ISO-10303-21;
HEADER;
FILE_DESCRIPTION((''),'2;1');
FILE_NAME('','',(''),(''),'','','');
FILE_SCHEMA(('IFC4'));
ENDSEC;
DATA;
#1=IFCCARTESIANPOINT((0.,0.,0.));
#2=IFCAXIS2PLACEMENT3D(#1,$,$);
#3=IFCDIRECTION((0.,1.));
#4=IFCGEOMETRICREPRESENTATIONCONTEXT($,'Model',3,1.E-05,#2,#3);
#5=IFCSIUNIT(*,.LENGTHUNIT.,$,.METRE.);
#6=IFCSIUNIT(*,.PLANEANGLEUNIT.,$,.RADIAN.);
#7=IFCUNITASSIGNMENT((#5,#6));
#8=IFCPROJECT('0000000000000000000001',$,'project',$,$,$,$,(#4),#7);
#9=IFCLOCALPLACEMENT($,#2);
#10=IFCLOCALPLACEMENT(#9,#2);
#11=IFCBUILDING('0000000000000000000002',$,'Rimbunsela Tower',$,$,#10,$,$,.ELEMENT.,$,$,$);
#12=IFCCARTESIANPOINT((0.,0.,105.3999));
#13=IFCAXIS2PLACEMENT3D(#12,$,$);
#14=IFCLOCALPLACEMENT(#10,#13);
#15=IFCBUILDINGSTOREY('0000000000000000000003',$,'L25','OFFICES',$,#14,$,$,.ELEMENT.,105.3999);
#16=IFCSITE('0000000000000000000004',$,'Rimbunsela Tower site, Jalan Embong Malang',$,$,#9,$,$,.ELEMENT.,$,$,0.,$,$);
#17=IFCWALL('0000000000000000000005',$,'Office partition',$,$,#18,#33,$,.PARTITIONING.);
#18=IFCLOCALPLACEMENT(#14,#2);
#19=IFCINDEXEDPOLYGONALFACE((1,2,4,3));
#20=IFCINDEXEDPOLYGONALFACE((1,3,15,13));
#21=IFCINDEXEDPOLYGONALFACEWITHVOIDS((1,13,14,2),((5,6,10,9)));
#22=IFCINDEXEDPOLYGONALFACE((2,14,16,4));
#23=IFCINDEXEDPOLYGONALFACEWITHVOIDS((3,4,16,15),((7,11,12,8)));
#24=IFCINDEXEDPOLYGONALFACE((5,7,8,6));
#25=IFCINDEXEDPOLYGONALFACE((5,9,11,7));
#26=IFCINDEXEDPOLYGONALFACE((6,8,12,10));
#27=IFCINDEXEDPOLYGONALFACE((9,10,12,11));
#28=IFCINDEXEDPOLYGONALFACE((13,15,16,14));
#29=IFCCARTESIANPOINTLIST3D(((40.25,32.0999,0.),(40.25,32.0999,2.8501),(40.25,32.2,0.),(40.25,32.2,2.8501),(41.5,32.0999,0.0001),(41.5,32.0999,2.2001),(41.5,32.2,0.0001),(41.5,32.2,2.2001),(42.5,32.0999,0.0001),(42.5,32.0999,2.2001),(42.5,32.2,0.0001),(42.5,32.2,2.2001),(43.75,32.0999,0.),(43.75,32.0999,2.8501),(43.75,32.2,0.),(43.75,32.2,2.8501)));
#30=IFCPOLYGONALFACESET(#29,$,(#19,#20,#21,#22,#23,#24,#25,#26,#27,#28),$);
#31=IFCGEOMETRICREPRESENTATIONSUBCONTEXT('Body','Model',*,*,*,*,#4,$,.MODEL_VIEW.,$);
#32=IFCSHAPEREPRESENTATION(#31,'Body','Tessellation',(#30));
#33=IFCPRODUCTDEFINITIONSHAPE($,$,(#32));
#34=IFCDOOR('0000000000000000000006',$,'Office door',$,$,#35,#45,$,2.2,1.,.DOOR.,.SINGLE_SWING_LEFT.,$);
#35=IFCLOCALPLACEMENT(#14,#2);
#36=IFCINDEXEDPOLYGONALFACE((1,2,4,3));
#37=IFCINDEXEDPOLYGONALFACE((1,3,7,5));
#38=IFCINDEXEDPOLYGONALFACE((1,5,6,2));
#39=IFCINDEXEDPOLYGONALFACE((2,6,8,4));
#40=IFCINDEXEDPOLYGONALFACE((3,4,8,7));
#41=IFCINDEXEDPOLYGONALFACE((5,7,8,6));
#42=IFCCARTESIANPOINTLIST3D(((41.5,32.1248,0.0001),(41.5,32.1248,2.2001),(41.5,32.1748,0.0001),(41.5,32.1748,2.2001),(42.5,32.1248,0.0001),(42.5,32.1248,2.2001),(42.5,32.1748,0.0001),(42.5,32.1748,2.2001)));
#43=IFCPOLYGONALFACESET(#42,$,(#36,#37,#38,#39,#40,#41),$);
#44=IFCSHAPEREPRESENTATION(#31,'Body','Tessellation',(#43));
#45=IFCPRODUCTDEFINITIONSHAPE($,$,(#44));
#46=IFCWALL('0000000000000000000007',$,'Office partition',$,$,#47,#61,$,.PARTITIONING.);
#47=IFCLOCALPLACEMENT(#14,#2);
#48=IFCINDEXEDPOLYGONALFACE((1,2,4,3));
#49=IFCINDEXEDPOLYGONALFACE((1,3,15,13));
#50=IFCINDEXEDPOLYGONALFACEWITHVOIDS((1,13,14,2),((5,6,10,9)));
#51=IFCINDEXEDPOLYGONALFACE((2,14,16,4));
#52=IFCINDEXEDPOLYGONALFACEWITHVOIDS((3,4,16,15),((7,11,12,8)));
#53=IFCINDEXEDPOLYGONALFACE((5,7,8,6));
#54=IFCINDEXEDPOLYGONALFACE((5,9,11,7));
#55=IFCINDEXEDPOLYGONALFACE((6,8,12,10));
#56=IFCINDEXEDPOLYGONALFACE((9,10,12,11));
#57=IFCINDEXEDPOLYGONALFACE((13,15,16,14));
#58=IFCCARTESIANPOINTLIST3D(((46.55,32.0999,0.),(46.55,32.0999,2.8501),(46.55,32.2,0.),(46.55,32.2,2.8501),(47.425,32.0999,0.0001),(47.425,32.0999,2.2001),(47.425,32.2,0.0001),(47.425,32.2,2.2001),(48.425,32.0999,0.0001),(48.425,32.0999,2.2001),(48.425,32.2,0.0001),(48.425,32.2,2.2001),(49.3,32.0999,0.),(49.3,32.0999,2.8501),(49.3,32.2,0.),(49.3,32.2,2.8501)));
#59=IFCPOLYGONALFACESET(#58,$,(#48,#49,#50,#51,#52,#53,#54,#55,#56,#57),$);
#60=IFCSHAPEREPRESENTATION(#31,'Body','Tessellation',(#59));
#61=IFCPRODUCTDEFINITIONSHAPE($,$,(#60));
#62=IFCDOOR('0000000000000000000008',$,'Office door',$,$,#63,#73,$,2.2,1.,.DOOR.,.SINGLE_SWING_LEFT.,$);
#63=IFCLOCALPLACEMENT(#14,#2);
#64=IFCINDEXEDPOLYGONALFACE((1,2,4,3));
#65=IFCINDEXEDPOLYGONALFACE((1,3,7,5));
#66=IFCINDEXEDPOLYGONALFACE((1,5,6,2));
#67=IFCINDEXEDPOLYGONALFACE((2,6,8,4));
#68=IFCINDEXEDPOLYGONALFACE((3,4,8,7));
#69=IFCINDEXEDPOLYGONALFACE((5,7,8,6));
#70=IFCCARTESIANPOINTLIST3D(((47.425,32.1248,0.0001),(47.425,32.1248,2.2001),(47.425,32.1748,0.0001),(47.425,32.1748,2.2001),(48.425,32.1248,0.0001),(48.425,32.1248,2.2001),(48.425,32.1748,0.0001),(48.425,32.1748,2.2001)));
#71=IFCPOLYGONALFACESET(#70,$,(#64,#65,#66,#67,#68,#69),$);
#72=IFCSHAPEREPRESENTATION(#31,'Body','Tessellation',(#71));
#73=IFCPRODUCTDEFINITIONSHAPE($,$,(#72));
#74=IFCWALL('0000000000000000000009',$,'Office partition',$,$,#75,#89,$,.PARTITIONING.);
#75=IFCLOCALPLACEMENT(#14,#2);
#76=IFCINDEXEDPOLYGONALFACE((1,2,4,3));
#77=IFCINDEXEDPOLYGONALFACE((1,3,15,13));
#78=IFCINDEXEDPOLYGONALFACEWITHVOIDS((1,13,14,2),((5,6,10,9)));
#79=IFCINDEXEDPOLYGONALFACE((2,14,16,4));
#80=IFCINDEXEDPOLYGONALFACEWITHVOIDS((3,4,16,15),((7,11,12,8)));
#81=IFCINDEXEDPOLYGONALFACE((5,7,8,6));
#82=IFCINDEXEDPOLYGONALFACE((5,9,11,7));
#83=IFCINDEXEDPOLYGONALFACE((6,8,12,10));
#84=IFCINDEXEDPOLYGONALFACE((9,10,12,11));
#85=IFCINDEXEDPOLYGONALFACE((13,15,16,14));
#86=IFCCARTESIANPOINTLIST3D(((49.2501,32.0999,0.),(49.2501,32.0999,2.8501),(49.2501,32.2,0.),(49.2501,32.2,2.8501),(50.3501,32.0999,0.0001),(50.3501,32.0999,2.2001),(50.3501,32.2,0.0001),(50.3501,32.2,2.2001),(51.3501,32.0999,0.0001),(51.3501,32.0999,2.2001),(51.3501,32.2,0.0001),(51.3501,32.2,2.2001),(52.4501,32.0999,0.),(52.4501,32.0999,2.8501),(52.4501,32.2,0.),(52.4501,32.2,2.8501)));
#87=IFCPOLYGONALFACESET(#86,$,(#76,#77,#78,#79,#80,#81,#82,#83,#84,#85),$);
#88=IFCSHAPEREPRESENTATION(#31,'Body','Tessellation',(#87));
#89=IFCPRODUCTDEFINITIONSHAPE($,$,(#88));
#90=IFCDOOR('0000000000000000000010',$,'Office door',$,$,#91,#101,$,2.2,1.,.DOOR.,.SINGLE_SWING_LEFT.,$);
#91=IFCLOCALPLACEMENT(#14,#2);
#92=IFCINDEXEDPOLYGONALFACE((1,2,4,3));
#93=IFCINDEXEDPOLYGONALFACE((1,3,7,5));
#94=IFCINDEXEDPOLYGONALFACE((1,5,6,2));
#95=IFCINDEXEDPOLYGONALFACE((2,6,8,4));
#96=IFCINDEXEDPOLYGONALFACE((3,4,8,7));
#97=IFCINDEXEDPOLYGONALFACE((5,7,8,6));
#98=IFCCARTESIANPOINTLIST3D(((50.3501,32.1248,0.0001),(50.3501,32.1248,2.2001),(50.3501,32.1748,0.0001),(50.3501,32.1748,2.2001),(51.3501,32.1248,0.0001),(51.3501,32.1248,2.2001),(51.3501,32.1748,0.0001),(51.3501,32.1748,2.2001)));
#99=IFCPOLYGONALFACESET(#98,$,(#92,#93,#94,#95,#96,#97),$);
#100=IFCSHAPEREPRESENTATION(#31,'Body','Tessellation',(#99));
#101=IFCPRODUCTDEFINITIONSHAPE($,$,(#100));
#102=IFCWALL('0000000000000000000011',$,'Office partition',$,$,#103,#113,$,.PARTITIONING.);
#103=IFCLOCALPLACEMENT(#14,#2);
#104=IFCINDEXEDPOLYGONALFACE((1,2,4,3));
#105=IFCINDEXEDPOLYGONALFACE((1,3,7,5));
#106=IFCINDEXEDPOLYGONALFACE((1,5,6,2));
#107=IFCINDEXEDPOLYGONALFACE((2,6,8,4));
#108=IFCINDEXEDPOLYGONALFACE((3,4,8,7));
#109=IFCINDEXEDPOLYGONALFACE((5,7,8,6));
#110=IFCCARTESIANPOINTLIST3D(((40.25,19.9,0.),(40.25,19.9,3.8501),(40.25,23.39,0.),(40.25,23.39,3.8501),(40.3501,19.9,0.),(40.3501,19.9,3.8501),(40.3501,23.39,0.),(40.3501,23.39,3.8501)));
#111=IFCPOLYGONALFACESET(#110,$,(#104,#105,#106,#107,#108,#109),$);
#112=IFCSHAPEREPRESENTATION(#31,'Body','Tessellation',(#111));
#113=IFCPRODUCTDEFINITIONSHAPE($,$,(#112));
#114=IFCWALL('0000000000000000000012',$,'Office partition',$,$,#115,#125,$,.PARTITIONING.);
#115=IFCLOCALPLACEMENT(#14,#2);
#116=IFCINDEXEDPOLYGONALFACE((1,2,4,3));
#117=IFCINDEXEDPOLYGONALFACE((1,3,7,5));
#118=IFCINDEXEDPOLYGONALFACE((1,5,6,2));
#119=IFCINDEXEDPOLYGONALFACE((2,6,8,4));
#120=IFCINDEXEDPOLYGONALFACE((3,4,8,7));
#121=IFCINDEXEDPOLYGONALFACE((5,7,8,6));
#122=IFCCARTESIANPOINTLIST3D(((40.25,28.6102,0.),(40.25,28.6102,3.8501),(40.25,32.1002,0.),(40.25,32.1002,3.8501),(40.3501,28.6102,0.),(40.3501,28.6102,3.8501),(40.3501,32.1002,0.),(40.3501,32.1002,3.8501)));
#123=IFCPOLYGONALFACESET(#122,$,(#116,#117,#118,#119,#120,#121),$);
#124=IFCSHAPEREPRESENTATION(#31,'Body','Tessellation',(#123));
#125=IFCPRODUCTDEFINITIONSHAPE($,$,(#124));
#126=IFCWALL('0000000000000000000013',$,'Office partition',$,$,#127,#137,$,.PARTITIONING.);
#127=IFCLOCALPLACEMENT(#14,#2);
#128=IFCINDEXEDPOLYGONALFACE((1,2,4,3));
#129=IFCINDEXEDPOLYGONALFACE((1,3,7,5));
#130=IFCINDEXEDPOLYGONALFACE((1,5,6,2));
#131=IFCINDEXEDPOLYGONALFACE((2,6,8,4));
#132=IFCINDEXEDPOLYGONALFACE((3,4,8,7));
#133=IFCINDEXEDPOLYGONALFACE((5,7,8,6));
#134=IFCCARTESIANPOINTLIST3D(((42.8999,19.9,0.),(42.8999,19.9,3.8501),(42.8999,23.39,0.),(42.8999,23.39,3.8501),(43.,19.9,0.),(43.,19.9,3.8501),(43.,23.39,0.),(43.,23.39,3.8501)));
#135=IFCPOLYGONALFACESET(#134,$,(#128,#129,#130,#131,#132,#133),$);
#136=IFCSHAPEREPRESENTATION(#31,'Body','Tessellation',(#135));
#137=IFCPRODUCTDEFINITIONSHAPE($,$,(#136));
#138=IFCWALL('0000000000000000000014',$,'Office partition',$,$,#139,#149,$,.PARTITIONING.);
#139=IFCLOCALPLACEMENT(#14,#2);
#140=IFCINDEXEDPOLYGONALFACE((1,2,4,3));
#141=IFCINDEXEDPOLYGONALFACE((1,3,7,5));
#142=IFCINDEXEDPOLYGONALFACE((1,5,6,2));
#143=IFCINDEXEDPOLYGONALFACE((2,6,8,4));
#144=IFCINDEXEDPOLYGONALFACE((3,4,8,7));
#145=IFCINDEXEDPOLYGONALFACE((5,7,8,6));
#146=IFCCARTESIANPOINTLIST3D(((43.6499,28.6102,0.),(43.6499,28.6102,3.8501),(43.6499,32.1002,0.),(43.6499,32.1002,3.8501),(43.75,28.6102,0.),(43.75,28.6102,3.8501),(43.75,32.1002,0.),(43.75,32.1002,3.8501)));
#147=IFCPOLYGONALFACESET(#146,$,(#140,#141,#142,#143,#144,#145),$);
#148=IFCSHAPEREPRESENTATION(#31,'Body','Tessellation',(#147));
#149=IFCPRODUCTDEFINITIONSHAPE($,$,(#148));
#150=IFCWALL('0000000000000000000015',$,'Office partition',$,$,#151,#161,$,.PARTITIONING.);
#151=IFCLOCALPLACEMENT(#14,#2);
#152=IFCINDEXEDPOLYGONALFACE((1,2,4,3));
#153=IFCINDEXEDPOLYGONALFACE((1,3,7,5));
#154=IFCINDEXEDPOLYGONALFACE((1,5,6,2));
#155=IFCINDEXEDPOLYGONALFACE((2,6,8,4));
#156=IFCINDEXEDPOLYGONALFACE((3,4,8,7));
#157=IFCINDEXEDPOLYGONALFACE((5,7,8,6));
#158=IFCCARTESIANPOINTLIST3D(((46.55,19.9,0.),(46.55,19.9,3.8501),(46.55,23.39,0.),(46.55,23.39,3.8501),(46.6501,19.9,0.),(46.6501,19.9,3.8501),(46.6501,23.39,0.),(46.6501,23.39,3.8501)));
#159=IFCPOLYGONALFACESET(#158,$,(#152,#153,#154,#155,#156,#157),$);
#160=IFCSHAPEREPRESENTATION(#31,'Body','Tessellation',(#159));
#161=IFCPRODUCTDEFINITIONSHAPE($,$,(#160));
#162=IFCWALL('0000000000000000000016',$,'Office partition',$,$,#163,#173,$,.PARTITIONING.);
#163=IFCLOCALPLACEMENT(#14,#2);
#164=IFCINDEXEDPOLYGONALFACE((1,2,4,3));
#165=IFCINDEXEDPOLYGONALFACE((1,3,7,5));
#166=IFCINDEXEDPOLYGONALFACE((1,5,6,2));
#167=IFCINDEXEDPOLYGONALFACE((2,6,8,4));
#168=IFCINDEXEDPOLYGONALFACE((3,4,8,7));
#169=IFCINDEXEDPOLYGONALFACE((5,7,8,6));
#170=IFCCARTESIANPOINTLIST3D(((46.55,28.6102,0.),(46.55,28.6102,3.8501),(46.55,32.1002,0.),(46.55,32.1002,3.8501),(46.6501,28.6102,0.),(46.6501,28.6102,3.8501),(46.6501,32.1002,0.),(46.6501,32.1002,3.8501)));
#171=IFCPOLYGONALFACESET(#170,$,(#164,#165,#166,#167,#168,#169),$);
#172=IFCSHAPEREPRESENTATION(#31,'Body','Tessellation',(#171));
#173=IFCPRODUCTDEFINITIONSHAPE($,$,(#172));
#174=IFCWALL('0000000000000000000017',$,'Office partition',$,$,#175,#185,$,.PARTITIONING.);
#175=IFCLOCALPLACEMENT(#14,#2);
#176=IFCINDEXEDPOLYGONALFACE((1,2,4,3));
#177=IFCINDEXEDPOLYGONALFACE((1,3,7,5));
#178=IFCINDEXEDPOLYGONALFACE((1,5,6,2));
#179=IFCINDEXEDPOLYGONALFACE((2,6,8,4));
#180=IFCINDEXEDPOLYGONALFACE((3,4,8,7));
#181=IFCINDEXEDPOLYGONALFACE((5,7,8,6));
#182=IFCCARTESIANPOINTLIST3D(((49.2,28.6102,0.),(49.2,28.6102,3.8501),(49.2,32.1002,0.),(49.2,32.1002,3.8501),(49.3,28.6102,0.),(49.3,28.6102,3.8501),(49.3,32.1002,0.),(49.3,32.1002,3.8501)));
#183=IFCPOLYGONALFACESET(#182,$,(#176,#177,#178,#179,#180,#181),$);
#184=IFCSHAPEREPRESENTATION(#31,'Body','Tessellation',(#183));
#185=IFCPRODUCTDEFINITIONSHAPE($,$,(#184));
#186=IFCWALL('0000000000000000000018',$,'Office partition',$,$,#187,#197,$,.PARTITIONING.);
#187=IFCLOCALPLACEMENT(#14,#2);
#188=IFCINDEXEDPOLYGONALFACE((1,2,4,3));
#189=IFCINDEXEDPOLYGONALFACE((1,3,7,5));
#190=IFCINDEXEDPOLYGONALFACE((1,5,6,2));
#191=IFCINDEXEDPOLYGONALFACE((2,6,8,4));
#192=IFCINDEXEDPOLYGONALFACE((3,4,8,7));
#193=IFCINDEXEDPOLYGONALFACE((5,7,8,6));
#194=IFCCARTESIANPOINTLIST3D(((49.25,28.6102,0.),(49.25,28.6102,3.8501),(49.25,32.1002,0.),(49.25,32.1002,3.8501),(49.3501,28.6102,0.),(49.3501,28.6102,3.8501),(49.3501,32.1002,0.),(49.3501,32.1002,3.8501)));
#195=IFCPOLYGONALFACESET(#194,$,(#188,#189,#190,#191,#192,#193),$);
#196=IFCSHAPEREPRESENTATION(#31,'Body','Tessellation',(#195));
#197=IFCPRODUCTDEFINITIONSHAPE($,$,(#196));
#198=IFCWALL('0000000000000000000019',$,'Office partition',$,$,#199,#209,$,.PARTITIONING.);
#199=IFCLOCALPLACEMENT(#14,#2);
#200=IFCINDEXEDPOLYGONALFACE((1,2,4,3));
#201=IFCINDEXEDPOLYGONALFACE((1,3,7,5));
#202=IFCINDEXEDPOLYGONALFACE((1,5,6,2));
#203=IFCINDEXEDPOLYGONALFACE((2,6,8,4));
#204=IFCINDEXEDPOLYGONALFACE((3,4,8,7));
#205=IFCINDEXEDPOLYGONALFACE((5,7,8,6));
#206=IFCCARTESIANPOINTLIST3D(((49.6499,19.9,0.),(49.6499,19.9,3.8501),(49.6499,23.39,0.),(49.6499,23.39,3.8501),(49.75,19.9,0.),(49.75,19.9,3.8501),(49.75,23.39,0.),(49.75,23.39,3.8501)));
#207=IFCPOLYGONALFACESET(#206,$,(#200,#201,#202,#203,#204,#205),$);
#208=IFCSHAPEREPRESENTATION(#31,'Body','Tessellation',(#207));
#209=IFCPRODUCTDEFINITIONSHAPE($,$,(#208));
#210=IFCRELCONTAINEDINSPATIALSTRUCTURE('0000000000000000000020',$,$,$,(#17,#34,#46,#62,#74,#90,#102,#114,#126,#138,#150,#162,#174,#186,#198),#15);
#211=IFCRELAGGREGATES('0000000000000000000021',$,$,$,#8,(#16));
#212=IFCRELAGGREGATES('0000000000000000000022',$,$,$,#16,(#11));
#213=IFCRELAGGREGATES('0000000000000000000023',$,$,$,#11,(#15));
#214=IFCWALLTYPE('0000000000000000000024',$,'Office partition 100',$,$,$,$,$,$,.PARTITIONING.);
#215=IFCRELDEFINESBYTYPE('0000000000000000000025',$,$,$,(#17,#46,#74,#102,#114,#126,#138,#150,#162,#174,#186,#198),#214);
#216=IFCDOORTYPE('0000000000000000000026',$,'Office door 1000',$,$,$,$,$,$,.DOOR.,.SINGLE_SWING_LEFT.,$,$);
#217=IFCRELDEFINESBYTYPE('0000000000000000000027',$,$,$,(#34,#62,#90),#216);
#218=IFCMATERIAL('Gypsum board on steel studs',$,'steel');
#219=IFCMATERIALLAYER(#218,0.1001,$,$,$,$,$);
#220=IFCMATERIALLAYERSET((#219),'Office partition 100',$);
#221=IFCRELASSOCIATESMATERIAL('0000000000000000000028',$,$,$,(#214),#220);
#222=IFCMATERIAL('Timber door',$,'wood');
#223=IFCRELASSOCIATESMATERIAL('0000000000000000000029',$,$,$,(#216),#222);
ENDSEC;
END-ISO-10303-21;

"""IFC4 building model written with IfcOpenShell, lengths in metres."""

from ifc_helpers import new_model, si_unit, direction, frame, frame_2d, origin, place, context, subcontext, project, spatial, rectangle, extrude, material, layer, layer_set, type_object, element, fill, save


model = new_model("IFC4")

# Units and contexts
model_context = context("Model", 3, precision=1e-05, world=origin(), true_north=direction((0.0, 1.0)))
body_context = subcontext(model_context, "Body", "Model", "MODEL_VIEW")
ifc_project = project(units=[si_unit("LENGTHUNIT", "METRE"), si_unit("PLANEANGLEUNIT", "RADIAN")], contexts=[model_context])

# Site, building, storey
site_placement = place(None, origin())
site = spatial("IfcSite", under=ifc_project, at=site_placement, Name="Rimbunsela Tower site, Jalan Embong Malang", CompositionType="ELEMENT", RefElevation=0.0)
building_placement = place(site_placement, origin())
building = spatial("IfcBuilding", under=site, at=building_placement, Name="Rimbunsela Tower", CompositionType="ELEMENT")
storey_placement = place(building_placement, frame((0.0, 0.0, 105.3999)))
storey = spatial("IfcBuildingStorey", under=building, at=storey_placement, Name="L25", Description="OFFICES", CompositionType="ELEMENT", Elevation=105.3999)

# Walls, openings, doors
ifc_material_1 = material(Name="Gypsum board on steel studs", Category="steel")
ifc_layer = layer(ifc_material_1, 0.1001)
ifc_layer_set = layer_set([ifc_layer], Name="Office partition 100")
wall_type = type_object("IfcWallType", Name="Office partition 100", PredefinedType="PARTITIONING", material=ifc_layer_set)
ifc_material_2 = material(Name="Timber door", Category="wood")
door_type = type_object("IfcDoorType", Name="Office door 1000", OperationType="SINGLE_SWING_LEFT", PredefinedType="DOOR", material=ifc_material_2)
wall_1_placement = place(storey_placement, frame((40.25, 32.1499, 0.0), z_axis=(0.0, 0.0, 1.0), x_axis=(1.0, 0.0, 0.0)))
wall_1 = element("IfcWall", 1, at=wall_1_placement, inside=storey, type_object=wall_type, Name="Office partition", PredefinedType="PARTITIONING", context=body_context, shape_type="SweptSolid", body=[
    extrude(rectangle(XDim=3.5, YDim=0.1001, at=frame_2d((1.75, 0.0))), origin(), (0.0, 0.0, 1.0), 2.8501),
])
opening_1_placement = place(wall_1_placement, frame((1.25, 0.0, 0.0)))
opening_1 = element("IfcOpeningElement", 2, at=opening_1_placement, cuts=wall_1, PredefinedType="OPENING", context=body_context, shape_type="SweptSolid", body=[
    extrude(rectangle(XDim=1.0, YDim=2.2, at=frame_2d((0.5, 1.1001))), frame((0.0, 0.0601, 0.0), z_axis=(0.0, -1.0, 0.0), x_axis=(1.0, 0.0, 0.0)), (0.0, 0.0, 1.0), 0.1201),
])
door_1_placement = place(opening_1_placement, origin())
door_1 = element("IfcDoor", 3, at=door_1_placement, inside=storey, type_object=door_type, Name="Office door", OperationType="SINGLE_SWING_LEFT", OverallHeight=2.2, OverallWidth=1.0, PredefinedType="DOOR", context=body_context, shape_type="SweptSolid", body=[
    extrude(rectangle(XDim=1.0, YDim=2.2, at=frame_2d((0.5, 1.1001))), frame((0.0, 0.0249, 0.0), z_axis=(0.0, -1.0, 0.0), x_axis=(1.0, 0.0, 0.0)), (0.0, 0.0, 1.0), 0.05),
])
fill(opening_1, door_1)
wall_2_placement = place(storey_placement, frame((46.55, 32.1499, 0.0), z_axis=(0.0, 0.0, 1.0), x_axis=(1.0, 0.0, 0.0)))
wall_2 = element("IfcWall", 4, at=wall_2_placement, inside=storey, type_object=wall_type, Name="Office partition", PredefinedType="PARTITIONING", context=body_context, shape_type="SweptSolid", body=[
    extrude(rectangle(XDim=2.75, YDim=0.1001, at=frame_2d((1.375, 0.0))), origin(), (0.0, 0.0, 1.0), 2.8501),
])
opening_2_placement = place(wall_2_placement, frame((0.875, 0.0, 0.0)))
opening_2 = element("IfcOpeningElement", 5, at=opening_2_placement, cuts=wall_2, PredefinedType="OPENING", context=body_context, shape_type="SweptSolid", body=[
    extrude(rectangle(XDim=1.0, YDim=2.2, at=frame_2d((0.5, 1.1001))), frame((0.0, 0.0601, 0.0), z_axis=(0.0, -1.0, 0.0), x_axis=(1.0, 0.0, 0.0)), (0.0, 0.0, 1.0), 0.1201),
])
door_2_placement = place(opening_2_placement, origin())
door_2 = element("IfcDoor", 6, at=door_2_placement, inside=storey, type_object=door_type, Name="Office door", OperationType="SINGLE_SWING_LEFT", OverallHeight=2.2, OverallWidth=1.0, PredefinedType="DOOR", context=body_context, shape_type="SweptSolid", body=[
    extrude(rectangle(XDim=1.0, YDim=2.2, at=frame_2d((0.5, 1.1001))), frame((0.0, 0.0249, 0.0), z_axis=(0.0, -1.0, 0.0), x_axis=(1.0, 0.0, 0.0)), (0.0, 0.0, 1.0), 0.05),
])
fill(opening_2, door_2)
wall_3_placement = place(storey_placement, frame((49.25, 32.1499, 0.0), z_axis=(0.0, 0.0, 1.0), x_axis=(1.0, 0.0, 0.0)))
wall_3 = element("IfcWall", 7, at=wall_3_placement, inside=storey, type_object=wall_type, Name="Office partition", PredefinedType="PARTITIONING", context=body_context, shape_type="SweptSolid", body=[
    extrude(rectangle(XDim=3.2, YDim=0.1001, at=frame_2d((1.6001, 0.0))), origin(), (0.0, 0.0, 1.0), 2.8501),
])
opening_3_placement = place(wall_3_placement, frame((1.1001, 0.0, 0.0)))
opening_3 = element("IfcOpeningElement", 8, at=opening_3_placement, cuts=wall_3, PredefinedType="OPENING", context=body_context, shape_type="SweptSolid", body=[
    extrude(rectangle(XDim=1.0, YDim=2.2, at=frame_2d((0.5, 1.1001))), frame((0.0, 0.0601, 0.0), z_axis=(0.0, -1.0, 0.0), x_axis=(1.0, 0.0, 0.0)), (0.0, 0.0, 1.0), 0.1201),
])
door_3_placement = place(opening_3_placement, origin())
door_3 = element("IfcDoor", 9, at=door_3_placement, inside=storey, type_object=door_type, Name="Office door", OperationType="SINGLE_SWING_LEFT", OverallHeight=2.2, OverallWidth=1.0, PredefinedType="DOOR", context=body_context, shape_type="SweptSolid", body=[
    extrude(rectangle(XDim=1.0, YDim=2.2, at=frame_2d((0.5, 1.1001))), frame((0.0, 0.0249, 0.0), z_axis=(0.0, -1.0, 0.0), x_axis=(1.0, 0.0, 0.0)), (0.0, 0.0, 1.0), 0.05),
])
fill(opening_3, door_3)

# Walls
for number, where, z_axis, x_axis, name in (
    (10, (40.3, 19.8999, 0.0), (0.0, 0.0, 1.0), (0.0, 1.0, 0.0), "Office partition"),
    (11, (40.3, 28.6101, 0.0), (0.0, 0.0, 1.0), (0.0, 1.0, 0.0), "Office partition"),
    (12, (42.95, 19.8999, 0.0), (0.0, 0.0, 1.0), (0.0, 1.0, 0.0), "Office partition"),
    (13, (43.7, 28.6101, 0.0), (0.0, 0.0, 1.0), (0.0, 1.0, 0.0), "Office partition"),
    (14, (46.6001, 19.8999, 0.0), (0.0, 0.0, 1.0), (0.0, 1.0, 0.0), "Office partition"),
    (15, (46.6001, 28.6101, 0.0), (0.0, 0.0, 1.0), (0.0, 1.0, 0.0), "Office partition"),
    (16, (49.25, 28.6101, 0.0), (0.0, 0.0, 1.0), (0.0, 1.0, 0.0), "Office partition"),
    (17, (49.3, 28.6101, 0.0), (0.0, 0.0, 1.0), (0.0, 1.0, 0.0), "Office partition"),
    (18, (49.7, 19.8999, 0.0), (0.0, 0.0, 1.0), (0.0, 1.0, 0.0), "Office partition"),
):
    element("IfcWall", number, at=place(storey_placement, frame(where, z_axis=z_axis, x_axis=x_axis)), inside=storey, type_object=wall_type, Name=name, PredefinedType="PARTITIONING", context=body_context, shape_type="SweptSolid", body=[
        extrude(rectangle(XDim=3.49, YDim=0.1001, at=frame_2d((1.7451, 0.0))), origin(), (0.0, 0.0, 1.0), 3.8501),
    ])

save(model, "model.ifc")
